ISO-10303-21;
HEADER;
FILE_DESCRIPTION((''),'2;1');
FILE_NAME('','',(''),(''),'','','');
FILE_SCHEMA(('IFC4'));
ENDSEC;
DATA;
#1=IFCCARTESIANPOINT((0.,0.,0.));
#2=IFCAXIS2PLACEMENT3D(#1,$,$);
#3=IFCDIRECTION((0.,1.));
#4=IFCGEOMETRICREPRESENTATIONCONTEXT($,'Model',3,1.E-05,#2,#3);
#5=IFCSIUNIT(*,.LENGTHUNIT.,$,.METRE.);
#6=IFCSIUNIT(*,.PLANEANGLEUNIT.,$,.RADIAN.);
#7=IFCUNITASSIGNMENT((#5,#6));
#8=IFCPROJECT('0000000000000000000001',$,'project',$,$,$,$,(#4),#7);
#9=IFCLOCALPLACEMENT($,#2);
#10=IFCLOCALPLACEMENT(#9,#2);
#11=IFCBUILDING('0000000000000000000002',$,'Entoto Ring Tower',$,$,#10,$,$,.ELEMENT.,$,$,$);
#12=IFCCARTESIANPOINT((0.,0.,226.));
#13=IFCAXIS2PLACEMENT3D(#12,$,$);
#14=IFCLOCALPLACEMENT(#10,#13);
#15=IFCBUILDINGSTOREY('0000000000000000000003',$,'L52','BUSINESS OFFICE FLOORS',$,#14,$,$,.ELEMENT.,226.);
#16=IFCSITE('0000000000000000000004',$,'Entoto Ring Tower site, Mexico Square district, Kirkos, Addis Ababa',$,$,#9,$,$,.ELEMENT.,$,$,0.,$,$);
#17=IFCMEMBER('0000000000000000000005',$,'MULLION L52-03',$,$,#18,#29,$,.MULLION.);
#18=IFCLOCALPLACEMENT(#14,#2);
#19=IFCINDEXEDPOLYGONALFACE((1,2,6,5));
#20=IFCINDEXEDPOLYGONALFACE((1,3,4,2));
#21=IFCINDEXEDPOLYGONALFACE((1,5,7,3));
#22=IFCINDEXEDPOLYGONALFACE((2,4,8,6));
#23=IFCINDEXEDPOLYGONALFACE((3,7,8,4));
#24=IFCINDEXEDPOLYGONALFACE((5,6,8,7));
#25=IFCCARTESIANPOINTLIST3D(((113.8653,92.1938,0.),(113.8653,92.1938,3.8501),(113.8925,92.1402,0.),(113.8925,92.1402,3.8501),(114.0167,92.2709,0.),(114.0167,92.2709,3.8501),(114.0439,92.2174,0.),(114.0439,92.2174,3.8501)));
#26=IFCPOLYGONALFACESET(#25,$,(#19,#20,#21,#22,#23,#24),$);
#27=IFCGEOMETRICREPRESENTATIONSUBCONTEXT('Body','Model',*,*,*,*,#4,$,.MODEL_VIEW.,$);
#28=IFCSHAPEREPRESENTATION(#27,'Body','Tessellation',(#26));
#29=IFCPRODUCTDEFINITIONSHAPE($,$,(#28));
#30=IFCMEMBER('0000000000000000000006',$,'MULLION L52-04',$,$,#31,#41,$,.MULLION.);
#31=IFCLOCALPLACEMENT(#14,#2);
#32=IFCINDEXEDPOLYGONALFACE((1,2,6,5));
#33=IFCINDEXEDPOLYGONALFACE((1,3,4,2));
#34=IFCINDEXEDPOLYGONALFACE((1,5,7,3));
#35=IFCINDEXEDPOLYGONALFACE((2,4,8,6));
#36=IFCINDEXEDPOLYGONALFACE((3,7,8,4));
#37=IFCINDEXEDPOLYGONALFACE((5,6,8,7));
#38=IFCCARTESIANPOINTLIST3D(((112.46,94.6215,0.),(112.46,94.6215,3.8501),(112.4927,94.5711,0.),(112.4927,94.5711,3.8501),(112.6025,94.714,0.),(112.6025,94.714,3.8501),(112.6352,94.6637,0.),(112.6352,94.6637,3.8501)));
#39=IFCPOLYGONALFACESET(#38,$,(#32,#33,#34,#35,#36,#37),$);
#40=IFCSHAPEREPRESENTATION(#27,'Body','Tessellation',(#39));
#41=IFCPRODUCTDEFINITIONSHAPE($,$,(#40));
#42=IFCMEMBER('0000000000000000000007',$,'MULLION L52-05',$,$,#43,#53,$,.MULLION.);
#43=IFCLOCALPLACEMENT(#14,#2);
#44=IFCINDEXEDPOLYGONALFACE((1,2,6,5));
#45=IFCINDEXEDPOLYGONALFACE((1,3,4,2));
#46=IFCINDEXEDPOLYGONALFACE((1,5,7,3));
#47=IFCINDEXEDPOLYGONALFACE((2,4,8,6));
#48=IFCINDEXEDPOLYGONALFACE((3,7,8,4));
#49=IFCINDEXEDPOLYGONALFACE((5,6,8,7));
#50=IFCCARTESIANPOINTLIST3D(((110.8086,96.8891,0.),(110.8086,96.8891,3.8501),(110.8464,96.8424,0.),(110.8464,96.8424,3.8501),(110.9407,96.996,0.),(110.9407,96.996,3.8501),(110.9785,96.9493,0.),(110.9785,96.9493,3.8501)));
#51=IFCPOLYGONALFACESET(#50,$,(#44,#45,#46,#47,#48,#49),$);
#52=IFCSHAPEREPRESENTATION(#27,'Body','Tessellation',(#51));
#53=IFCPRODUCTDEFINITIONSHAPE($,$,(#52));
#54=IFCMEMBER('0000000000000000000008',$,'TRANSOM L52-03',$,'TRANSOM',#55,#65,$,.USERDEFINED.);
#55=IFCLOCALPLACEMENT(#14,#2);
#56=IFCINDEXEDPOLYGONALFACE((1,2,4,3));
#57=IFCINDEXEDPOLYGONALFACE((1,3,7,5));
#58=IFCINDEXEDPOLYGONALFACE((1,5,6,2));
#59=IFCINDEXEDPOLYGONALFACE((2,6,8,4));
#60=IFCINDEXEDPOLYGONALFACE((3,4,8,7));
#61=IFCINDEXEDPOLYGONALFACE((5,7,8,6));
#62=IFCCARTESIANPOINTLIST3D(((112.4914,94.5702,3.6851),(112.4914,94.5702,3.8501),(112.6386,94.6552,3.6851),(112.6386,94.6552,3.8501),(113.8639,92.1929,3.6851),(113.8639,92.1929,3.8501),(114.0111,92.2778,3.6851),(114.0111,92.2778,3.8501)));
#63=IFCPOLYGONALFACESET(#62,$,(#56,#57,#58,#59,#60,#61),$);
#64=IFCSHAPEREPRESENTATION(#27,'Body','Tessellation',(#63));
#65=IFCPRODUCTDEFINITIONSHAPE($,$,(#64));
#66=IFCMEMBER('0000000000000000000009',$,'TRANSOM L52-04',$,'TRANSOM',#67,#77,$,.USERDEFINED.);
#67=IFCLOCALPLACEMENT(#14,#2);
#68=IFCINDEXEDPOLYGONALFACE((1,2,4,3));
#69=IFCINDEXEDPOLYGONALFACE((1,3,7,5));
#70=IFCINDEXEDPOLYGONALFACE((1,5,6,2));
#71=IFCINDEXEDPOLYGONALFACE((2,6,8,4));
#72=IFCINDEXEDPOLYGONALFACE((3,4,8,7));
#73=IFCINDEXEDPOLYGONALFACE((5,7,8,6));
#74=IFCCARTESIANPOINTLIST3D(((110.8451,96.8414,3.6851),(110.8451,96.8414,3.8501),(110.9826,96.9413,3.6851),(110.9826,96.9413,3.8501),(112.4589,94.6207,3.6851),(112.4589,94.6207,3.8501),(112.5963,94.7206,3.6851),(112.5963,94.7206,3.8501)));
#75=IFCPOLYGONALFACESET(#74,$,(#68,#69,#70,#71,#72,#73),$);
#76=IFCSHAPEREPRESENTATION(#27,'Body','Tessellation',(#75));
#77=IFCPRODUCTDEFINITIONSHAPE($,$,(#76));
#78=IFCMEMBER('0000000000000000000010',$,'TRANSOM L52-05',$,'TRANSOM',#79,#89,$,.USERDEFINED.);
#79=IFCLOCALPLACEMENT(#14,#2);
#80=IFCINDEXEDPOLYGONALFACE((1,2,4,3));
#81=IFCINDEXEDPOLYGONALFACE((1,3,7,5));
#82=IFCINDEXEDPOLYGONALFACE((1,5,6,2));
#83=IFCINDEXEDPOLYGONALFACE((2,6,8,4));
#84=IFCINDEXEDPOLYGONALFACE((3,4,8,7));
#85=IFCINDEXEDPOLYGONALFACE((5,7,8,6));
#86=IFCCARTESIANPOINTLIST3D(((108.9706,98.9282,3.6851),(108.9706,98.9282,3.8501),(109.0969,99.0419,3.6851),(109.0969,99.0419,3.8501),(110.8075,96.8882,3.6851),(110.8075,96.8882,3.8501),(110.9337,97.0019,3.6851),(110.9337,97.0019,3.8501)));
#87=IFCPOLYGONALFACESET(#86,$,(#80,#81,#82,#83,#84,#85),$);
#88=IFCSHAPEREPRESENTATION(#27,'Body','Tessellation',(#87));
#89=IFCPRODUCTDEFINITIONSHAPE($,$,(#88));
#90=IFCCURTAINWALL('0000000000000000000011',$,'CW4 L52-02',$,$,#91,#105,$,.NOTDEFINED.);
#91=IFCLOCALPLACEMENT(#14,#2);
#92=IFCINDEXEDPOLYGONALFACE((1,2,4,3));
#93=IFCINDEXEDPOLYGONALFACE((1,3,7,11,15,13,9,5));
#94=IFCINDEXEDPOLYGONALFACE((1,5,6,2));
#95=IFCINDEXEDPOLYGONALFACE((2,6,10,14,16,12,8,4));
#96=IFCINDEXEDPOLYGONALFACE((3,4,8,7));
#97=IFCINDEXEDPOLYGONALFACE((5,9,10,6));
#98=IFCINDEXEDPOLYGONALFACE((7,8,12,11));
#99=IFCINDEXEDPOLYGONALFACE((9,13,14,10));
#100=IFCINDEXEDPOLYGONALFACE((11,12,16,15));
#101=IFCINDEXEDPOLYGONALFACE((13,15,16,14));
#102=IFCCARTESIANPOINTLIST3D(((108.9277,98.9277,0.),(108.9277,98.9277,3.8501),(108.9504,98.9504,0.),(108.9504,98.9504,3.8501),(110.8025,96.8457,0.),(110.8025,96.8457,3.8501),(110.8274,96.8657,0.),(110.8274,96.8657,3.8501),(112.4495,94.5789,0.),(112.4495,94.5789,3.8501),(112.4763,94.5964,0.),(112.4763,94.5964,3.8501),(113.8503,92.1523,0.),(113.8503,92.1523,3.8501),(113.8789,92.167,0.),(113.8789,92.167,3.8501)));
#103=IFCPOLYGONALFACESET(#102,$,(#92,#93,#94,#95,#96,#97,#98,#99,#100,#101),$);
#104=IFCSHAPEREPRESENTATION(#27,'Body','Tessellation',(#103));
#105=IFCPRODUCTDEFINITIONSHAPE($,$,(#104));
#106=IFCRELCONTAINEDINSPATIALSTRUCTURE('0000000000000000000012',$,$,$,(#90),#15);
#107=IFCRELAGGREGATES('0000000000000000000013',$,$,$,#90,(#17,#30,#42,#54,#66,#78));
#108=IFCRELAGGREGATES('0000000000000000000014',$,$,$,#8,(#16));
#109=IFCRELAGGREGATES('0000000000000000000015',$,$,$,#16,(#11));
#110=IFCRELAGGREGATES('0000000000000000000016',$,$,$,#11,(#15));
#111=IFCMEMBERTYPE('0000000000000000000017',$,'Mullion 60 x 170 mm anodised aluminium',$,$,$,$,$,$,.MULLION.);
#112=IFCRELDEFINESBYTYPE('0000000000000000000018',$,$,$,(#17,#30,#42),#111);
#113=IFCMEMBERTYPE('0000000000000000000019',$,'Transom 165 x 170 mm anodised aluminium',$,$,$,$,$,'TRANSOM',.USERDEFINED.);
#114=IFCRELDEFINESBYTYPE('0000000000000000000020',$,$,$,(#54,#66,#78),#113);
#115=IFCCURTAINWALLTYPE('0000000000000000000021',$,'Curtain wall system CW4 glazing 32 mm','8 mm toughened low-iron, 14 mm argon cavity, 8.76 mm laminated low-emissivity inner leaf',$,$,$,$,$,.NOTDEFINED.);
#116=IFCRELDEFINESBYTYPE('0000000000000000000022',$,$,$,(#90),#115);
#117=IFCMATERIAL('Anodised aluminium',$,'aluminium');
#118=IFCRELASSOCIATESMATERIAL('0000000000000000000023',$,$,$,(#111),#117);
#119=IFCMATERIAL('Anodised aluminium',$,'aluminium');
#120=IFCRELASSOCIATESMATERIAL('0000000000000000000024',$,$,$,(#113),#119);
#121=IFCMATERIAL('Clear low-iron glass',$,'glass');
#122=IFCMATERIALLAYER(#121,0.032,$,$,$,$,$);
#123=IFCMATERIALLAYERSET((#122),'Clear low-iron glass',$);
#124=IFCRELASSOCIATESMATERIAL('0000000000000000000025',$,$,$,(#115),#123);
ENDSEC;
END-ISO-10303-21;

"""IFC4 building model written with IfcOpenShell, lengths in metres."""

from ifc_helpers import new_model, si_unit, direction, frame, origin, origin_2d, place, context, subcontext, project, spatial, polyline, rectangle, outline, extrude, material, layer, layer_set, material_profile, profile_set, type_object, element, aggregate, save


model = new_model("IFC4")

# Units and contexts
model_context = context("Model", 3, precision=1e-05, world=origin(), true_north=direction((0.0, 1.0)))
body_context = subcontext(model_context, "Body", "Model", "MODEL_VIEW")
ifc_project = project(units=[si_unit("LENGTHUNIT", "METRE"), si_unit("PLANEANGLEUNIT", "RADIAN")], contexts=[model_context])

# Members
ifc_material_1 = material(Name="Anodised aluminium", Category="aluminium")
ifc_material_profile_1 = material_profile(ifc_material_1, rectangle(XDim=0.0601, YDim=0.1699, at=origin_2d()), Name="Mullion 60 x 170 mm anodised aluminium")
ifc_profile_set_1 = profile_set([ifc_material_profile_1], Name="Anodised aluminium")
member_type_1 = type_object("IfcMemberType", Name="Mullion 60 x 170 mm anodised aluminium", PredefinedType="MULLION", material=ifc_profile_set_1)
site_placement = place(None, origin())
building_placement = place(site_placement, origin())
storey_placement = place(building_placement, frame((0.0, 0.0, 226.0)))
member_1_placement = place(storey_placement, frame((113.9546, 92.2056, 0.0), z_axis=(0.0, 0.0, 1.0), x_axis=(-0.45399, 0.891007, 0.0)))
member_1 = element("IfcMember", 1, at=member_1_placement, type_object=member_type_1, Name="MULLION L52-03", PredefinedType="MULLION", context=body_context, shape_type="SweptSolid", body=[
    extrude(rectangle(XDim=0.0601, YDim=0.1699, at=origin_2d()), origin(), (0.0, 0.0, 1.0), 3.8501),
])
member_2_placement = place(storey_placement, frame((112.5476, 94.6426, 0.0), z_axis=(0.0, 0.0, 1.0), x_axis=(-0.544639, 0.838671, 0.0)))
member_2 = element("IfcMember", 2, at=member_2_placement, type_object=member_type_1, Name="MULLION L52-04", PredefinedType="MULLION", context=body_context, shape_type="SweptSolid", body=[
    extrude(rectangle(XDim=0.0601, YDim=0.1699, at=origin_2d()), origin(), (0.0, 0.0, 1.0), 3.8501),
])
member_3_placement = place(storey_placement, frame((110.8936, 96.9192, 0.0), z_axis=(0.0, 0.0, 1.0), x_axis=(-0.62932, 0.777146, 0.0)))
member_3 = element("IfcMember", 3, at=member_3_placement, type_object=member_type_1, Name="MULLION L52-05", PredefinedType="MULLION", context=body_context, shape_type="SweptSolid", body=[
    extrude(rectangle(XDim=0.0601, YDim=0.1699, at=origin_2d()), origin(), (0.0, 0.0, 1.0), 3.8501),
])
ifc_material_2 = material(Name="Anodised aluminium", Category="aluminium")
ifc_material_profile_2 = material_profile(ifc_material_2, rectangle(XDim=0.1699, YDim=0.165, at=origin_2d()), Name="Transom 165 x 170 mm anodised aluminium")
ifc_profile_set_2 = profile_set([ifc_material_profile_2], Name="Anodised aluminium")
member_type_2 = type_object("IfcMemberType", Name="Transom 165 x 170 mm anodised aluminium", ElementType="TRANSOM", PredefinedType="USERDEFINED", material=ifc_profile_set_2)
member_4_placement = place(storey_placement, frame((113.9375, 92.2354, 3.7676), z_axis=(-0.499984, 0.866035, 0.0), x_axis=(-0.866035, -0.499984, 0.0)))
member_4 = element("IfcMember", 4, at=member_4_placement, type_object=member_type_2, Name="TRANSOM L52-03", ObjectType="TRANSOM", PredefinedType="USERDEFINED", context=body_context, shape_type="SweptSolid", body=[
    extrude(rectangle(XDim=0.1699, YDim=0.165, at=origin_2d()), origin(), (0.0, 0.0, 1.0), 2.7451),
])
member_5_placement = place(storey_placement, frame((112.5276, 94.6707, 3.7676), z_axis=(-0.587865, 0.808959, 0.0), x_axis=(-0.808959, -0.587865, 0.0)))
member_5 = element("IfcMember", 5, at=member_5_placement, type_object=member_type_2, Name="TRANSOM L52-04", ObjectType="TRANSOM", PredefinedType="USERDEFINED", context=body_context, shape_type="SweptSolid", body=[
    extrude(rectangle(XDim=0.1699, YDim=0.165, at=origin_2d()), origin(), (0.0, 0.0, 1.0), 2.7451),
])
member_6_placement = place(storey_placement, frame((110.8706, 96.9451, 3.7676), z_axis=(-0.669142, 0.743135, 0.0), x_axis=(-0.743135, -0.669142, 0.0)))
member_6 = element("IfcMember", 6, at=member_6_placement, type_object=member_type_2, Name="TRANSOM L52-05", ObjectType="TRANSOM", PredefinedType="USERDEFINED", context=body_context, shape_type="SweptSolid", body=[
    extrude(rectangle(XDim=0.1699, YDim=0.165, at=origin_2d()), origin(), (0.0, 0.0, 1.0), 2.7451),
])

# Site, building, storey
site = spatial("IfcSite", under=ifc_project, at=site_placement, Name="Entoto Ring Tower site, Mexico Square district, Kirkos, Addis Ababa", CompositionType="ELEMENT", RefElevation=0.0)
building = spatial("IfcBuilding", under=site, at=building_placement, Name="Entoto Ring Tower", CompositionType="ELEMENT")
storey = spatial("IfcBuildingStorey", under=building, at=storey_placement, Name="L52", Description="BUSINESS OFFICE FLOORS", CompositionType="ELEMENT", Elevation=226.0)

# Curtain wall
ifc_material_3 = material(Name="Clear low-iron glass", Category="glass")
ifc_layer_1 = layer(ifc_material_3, 0.032)
ifc_layer_set_1 = layer_set([ifc_layer_1], Name="Clear low-iron glass")
curtain_wall_type = type_object("IfcCurtainWallType", Name="Curtain wall system CW4 glazing 32 mm", Description="8 mm toughened low-iron, 14 mm argon cavity, 8.76 mm laminated low-emissivity inner leaf", PredefinedType="NOTDEFINED", material=ifc_layer_set_1)
curtain_wall_1_placement = place(storey_placement, origin())
curtain_wall_1 = element("IfcCurtainWall", 7, at=curtain_wall_1_placement, inside=storey, type_object=curtain_wall_type, Name="CW4 L52-02", PredefinedType="NOTDEFINED", context=body_context, shape_type="SweptSolid", body=[
    extrude(outline(polyline([(113.8789, 92.167), (112.4763, 94.5964), (110.8274, 96.8657), (108.9504, 98.9504), (108.9277, 98.9277), (110.8025, 96.8457), (112.4495, 94.5789), (113.8503, 92.1523), (113.8789, 92.167)])), origin(), (0.0, 0.0, 1.0), 3.8501),
])
aggregate(curtain_wall_1, [member_1, member_2, member_3, member_4, member_5, member_6])

save(model, "model.ifc")
